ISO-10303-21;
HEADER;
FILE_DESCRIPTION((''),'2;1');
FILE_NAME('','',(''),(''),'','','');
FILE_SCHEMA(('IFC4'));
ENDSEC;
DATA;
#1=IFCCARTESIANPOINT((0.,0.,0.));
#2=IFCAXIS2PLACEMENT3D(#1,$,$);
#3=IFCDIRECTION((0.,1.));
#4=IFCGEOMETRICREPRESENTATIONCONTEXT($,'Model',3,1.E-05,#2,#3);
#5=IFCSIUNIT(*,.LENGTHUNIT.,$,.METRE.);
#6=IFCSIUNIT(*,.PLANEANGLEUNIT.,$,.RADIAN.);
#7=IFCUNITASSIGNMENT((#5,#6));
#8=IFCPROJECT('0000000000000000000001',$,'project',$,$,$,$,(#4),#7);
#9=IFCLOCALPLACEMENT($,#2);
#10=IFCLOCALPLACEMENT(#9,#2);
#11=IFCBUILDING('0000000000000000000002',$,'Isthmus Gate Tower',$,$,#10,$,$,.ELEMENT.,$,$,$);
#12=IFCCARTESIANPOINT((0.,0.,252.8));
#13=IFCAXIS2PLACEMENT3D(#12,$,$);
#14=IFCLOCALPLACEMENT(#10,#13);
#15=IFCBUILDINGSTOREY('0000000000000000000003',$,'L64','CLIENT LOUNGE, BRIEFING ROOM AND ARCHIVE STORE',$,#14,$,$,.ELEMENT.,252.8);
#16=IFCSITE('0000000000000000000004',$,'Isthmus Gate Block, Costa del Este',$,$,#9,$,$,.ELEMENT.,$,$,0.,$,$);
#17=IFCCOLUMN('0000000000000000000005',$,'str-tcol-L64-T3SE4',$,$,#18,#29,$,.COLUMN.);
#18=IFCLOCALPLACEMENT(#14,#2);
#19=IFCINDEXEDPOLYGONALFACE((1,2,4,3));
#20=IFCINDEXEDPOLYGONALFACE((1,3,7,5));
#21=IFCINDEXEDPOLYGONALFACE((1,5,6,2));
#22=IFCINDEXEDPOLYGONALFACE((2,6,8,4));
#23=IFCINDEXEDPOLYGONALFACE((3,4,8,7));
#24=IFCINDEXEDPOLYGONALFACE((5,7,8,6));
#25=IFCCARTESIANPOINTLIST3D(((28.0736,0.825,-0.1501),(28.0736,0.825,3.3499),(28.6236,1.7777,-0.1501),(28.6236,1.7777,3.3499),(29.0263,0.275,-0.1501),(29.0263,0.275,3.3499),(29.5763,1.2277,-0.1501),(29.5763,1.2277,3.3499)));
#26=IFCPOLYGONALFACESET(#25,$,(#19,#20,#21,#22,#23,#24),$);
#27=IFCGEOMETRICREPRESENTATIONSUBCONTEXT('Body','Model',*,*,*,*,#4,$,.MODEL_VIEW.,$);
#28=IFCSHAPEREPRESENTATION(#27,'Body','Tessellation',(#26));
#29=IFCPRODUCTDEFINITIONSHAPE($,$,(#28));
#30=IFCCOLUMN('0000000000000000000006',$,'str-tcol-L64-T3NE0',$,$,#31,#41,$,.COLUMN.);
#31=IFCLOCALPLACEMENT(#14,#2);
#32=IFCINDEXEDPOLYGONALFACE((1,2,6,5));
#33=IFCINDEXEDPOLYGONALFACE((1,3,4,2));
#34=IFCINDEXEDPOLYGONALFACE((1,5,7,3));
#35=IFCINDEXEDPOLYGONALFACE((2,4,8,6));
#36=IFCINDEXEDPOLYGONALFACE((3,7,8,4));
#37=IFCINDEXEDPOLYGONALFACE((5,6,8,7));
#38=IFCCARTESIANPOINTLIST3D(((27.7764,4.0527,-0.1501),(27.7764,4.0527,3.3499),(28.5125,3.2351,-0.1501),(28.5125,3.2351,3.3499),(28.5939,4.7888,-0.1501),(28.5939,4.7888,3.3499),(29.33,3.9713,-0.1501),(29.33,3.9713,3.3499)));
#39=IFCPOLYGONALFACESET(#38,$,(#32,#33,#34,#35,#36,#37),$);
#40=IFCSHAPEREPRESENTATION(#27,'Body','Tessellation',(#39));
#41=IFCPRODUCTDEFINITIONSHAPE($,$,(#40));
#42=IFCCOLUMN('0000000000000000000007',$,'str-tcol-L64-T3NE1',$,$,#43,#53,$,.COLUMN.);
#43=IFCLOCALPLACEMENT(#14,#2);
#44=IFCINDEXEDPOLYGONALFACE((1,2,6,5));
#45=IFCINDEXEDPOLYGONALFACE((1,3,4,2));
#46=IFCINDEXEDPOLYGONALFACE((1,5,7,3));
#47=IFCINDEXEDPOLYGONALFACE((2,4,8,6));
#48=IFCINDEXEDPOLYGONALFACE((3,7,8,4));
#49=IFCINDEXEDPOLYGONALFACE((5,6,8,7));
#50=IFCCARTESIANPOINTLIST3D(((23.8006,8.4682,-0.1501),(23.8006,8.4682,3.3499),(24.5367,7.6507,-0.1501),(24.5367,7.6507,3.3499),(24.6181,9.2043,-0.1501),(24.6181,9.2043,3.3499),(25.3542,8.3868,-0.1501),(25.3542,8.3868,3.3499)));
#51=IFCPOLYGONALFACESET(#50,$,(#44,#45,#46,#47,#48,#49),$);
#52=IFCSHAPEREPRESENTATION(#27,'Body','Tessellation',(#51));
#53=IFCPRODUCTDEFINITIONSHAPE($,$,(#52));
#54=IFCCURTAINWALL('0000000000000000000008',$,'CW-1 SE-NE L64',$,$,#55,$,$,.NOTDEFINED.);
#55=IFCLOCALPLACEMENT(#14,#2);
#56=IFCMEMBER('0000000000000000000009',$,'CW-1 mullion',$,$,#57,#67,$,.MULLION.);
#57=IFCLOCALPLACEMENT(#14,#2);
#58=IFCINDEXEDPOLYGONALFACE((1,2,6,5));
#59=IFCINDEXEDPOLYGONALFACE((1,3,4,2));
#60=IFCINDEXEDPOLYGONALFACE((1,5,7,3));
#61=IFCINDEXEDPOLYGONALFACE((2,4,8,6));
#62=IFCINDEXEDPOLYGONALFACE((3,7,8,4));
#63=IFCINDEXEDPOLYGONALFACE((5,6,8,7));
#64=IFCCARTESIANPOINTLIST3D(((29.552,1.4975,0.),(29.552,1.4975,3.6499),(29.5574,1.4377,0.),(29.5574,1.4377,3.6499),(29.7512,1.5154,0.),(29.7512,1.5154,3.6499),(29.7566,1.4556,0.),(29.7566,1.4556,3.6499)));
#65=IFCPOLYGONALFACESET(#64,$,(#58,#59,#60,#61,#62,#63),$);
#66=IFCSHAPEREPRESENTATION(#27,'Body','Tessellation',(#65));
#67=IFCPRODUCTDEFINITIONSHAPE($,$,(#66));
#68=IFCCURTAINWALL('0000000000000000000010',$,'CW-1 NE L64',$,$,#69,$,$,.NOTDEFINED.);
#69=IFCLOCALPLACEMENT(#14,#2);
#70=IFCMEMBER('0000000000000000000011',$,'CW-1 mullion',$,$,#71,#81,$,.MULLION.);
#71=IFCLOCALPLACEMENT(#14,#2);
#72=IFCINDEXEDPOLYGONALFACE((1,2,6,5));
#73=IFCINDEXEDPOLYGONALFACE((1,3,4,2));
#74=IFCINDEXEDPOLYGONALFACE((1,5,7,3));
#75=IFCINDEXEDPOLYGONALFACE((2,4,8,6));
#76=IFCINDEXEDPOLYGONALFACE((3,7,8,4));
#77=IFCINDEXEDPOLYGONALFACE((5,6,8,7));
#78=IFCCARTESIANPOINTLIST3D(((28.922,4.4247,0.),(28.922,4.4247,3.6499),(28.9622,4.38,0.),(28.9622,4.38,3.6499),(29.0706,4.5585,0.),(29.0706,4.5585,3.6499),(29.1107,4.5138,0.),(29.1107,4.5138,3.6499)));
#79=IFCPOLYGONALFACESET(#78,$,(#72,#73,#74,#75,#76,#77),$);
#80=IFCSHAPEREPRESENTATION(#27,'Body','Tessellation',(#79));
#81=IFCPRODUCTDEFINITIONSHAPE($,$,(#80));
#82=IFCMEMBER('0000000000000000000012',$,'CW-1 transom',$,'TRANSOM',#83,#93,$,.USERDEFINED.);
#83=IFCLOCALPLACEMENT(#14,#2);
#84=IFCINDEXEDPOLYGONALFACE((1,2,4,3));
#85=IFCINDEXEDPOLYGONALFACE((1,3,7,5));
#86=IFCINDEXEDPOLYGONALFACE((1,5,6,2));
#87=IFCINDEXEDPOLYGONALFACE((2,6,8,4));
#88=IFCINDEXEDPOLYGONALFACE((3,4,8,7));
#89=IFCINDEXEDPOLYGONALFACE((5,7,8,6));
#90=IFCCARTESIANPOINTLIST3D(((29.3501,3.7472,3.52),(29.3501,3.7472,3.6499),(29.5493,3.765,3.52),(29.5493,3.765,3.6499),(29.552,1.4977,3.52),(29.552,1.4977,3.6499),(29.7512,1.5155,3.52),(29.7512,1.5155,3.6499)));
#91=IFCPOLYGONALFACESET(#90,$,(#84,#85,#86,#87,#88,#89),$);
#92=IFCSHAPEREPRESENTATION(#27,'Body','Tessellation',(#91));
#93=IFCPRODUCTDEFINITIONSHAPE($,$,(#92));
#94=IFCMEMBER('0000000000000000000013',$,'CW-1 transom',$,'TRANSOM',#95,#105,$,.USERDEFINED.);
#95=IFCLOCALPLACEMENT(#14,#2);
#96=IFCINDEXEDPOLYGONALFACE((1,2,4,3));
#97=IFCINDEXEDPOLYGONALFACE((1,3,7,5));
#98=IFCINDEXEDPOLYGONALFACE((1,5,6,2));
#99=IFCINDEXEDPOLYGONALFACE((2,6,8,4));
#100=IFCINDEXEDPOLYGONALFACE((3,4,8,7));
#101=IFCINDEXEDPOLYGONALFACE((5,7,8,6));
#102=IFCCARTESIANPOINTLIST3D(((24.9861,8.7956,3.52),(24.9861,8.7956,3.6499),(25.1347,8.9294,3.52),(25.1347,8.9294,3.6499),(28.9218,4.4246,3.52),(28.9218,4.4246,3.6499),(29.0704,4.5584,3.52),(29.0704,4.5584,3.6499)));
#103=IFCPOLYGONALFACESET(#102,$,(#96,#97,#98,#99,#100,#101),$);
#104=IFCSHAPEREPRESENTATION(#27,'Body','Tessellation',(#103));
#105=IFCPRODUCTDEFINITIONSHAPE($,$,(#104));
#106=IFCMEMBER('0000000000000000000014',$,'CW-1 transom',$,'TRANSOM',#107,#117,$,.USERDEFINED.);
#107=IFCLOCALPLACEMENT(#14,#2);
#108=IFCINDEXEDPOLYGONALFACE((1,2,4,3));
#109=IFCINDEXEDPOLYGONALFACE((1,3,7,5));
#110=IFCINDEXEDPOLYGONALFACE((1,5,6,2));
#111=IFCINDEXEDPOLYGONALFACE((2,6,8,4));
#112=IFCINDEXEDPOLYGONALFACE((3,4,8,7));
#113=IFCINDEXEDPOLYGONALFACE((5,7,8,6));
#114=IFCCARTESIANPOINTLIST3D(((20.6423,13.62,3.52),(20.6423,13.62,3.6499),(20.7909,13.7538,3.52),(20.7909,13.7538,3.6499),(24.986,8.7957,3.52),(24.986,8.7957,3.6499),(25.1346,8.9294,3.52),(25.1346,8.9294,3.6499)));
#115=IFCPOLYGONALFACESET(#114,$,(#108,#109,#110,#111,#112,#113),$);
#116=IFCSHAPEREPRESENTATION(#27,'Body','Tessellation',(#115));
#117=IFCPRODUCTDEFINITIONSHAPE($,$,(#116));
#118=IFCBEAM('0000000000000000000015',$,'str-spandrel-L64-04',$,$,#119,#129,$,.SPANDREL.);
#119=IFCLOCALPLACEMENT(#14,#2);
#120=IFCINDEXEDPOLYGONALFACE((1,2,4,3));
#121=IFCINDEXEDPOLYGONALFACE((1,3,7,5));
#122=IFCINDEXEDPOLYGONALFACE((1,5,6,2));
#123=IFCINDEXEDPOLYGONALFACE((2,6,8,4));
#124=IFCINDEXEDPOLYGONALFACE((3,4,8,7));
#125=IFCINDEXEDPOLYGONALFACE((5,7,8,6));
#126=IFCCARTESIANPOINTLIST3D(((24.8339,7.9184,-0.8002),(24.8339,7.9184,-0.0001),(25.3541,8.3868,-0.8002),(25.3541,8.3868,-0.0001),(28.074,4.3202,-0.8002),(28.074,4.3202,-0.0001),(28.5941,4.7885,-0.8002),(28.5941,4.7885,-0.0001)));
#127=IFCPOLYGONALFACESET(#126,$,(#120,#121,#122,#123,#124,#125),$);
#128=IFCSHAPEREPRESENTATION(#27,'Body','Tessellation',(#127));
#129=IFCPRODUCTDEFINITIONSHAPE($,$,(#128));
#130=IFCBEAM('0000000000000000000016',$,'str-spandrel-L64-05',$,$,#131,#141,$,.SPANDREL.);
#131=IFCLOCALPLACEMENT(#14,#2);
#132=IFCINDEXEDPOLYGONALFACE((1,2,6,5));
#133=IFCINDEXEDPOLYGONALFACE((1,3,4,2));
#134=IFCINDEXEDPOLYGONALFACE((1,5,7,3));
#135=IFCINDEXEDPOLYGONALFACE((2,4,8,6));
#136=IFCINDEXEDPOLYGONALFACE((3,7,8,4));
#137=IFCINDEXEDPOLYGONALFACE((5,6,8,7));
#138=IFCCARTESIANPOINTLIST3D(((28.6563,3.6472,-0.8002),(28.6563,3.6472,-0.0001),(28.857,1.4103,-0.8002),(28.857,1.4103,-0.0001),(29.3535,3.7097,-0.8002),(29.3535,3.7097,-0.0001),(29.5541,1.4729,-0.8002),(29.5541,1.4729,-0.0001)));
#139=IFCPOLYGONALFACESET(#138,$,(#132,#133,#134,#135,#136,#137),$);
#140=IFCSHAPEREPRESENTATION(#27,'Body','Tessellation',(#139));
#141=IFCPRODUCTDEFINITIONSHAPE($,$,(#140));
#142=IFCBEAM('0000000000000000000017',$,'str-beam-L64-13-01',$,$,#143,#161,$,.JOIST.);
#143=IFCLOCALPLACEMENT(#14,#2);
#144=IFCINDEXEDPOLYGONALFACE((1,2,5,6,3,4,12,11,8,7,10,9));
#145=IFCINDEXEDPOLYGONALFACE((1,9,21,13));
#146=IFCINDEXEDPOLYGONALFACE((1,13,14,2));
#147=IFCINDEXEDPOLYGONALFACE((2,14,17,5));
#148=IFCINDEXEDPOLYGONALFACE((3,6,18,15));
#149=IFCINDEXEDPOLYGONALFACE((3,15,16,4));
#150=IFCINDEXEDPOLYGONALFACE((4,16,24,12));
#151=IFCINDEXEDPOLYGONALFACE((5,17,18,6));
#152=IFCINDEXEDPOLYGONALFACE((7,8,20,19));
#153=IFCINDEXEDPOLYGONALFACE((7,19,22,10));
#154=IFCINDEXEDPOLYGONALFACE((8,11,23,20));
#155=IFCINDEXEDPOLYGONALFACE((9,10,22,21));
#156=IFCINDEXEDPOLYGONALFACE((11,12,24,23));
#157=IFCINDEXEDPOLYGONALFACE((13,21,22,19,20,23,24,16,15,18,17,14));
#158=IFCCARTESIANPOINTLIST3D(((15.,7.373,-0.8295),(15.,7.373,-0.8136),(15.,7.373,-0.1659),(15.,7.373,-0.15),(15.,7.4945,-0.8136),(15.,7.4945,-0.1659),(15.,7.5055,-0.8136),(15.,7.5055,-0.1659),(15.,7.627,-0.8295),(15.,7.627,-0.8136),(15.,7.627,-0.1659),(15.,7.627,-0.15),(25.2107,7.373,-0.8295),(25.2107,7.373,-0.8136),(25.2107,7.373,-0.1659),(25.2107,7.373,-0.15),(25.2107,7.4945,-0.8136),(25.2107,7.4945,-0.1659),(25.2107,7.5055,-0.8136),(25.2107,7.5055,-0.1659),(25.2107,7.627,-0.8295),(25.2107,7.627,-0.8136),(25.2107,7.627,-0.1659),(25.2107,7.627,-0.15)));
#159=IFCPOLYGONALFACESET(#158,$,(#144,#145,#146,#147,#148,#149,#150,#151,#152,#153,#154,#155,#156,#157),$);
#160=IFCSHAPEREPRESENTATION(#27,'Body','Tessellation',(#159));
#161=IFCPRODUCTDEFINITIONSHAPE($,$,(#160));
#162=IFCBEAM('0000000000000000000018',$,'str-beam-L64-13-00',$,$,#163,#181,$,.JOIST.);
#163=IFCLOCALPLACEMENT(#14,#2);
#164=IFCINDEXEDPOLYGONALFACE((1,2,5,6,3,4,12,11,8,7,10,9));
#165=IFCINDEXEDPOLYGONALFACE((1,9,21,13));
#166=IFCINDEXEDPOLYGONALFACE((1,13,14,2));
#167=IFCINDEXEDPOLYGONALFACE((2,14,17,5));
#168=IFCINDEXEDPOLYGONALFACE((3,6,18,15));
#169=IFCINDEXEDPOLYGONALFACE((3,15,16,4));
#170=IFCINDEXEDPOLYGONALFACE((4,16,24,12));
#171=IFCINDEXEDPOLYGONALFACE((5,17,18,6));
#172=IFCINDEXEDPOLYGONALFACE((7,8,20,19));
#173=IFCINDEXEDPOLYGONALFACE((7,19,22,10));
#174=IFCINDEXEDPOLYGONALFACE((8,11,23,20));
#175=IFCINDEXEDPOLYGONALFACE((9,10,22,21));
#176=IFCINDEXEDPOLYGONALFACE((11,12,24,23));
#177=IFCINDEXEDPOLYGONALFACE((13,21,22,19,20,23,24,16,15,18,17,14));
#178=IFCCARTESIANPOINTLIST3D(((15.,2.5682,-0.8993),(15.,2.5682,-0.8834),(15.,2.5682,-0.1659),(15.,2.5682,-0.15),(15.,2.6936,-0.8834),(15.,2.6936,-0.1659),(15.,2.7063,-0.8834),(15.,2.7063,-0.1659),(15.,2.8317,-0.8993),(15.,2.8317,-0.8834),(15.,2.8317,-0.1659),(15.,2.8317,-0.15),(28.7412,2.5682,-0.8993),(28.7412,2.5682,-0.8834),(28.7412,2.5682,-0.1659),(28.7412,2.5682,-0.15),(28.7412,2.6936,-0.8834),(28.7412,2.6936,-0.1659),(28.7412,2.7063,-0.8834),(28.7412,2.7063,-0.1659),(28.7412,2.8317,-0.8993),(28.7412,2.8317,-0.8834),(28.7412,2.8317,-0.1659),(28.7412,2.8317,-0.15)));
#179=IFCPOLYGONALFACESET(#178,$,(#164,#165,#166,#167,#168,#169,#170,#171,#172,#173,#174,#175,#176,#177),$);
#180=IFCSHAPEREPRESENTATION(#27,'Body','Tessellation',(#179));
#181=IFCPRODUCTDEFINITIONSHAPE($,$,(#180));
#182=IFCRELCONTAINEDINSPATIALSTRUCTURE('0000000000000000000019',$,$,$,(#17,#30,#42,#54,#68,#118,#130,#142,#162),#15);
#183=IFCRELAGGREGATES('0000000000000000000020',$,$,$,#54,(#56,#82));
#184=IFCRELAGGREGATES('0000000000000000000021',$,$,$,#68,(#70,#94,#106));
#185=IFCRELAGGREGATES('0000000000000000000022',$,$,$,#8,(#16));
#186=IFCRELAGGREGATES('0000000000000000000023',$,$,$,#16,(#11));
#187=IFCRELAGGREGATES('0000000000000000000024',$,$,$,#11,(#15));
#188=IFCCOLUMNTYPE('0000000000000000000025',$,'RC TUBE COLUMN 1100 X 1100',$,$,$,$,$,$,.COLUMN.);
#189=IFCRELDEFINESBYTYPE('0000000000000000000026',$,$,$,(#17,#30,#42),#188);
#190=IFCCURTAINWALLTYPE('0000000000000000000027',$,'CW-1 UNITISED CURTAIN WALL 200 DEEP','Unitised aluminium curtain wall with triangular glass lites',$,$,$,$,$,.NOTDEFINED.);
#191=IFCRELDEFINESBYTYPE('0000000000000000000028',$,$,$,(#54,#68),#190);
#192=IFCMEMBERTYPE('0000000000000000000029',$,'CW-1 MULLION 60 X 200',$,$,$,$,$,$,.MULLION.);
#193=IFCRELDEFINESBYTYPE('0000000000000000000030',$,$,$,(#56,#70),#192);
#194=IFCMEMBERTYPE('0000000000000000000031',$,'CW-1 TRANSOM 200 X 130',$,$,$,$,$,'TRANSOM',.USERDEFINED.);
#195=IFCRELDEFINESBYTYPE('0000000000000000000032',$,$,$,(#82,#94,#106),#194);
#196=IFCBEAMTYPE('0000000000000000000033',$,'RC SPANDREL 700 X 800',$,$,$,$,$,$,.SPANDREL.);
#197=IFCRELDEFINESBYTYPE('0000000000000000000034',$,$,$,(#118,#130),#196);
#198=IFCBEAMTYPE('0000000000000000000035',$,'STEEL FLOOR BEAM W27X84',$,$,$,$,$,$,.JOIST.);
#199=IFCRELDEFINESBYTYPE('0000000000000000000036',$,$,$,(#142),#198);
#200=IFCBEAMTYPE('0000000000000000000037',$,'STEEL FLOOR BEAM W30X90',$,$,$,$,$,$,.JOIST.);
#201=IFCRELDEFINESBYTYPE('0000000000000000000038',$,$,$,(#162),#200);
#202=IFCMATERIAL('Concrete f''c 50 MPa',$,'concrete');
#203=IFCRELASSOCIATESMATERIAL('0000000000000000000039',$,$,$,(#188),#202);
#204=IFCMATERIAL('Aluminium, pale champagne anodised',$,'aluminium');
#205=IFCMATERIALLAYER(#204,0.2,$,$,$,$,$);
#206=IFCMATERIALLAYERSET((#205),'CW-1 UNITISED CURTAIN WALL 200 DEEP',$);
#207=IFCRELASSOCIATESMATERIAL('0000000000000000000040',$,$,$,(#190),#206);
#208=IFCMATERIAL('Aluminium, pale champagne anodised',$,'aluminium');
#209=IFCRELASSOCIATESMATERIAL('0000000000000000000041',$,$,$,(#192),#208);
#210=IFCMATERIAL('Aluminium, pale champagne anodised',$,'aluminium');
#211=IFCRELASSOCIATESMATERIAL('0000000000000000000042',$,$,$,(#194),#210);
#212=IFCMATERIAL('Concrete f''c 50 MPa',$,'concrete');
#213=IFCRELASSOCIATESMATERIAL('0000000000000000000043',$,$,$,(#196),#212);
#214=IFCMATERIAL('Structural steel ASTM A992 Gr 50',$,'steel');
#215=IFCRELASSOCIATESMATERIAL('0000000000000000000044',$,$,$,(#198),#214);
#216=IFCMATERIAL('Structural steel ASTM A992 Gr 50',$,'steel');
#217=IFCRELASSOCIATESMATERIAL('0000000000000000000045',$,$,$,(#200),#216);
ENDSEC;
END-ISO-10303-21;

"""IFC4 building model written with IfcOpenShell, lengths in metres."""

from ifc_helpers import new_model, si_unit, direction, frame, origin, origin_2d, place, context, subcontext, project, spatial, rectangle, i_section, extrude, material, layer, layer_set, material_profile, profile_set, type_object, element, aggregate, save


model = new_model("IFC4")

# Units and contexts
model_context = context("Model", 3, precision=1e-05, world=origin(), true_north=direction((0.0, 1.0)))
body_context = subcontext(model_context, "Body", "Model", "MODEL_VIEW")
ifc_project = project(units=[si_unit("LENGTHUNIT", "METRE"), si_unit("PLANEANGLEUNIT", "RADIAN")], contexts=[model_context])

# Site, building, storey
site_placement = place(None, origin())
site = spatial("IfcSite", under=ifc_project, at=site_placement, Name="Isthmus Gate Block, Costa del Este", CompositionType="ELEMENT", RefElevation=0.0)
building_placement = place(site_placement, origin())
building = spatial("IfcBuilding", under=site, at=building_placement, Name="Isthmus Gate Tower", CompositionType="ELEMENT")
storey_placement = place(building_placement, frame((0.0, 0.0, 252.8)))
storey = spatial("IfcBuildingStorey", under=building, at=storey_placement, Name="L64", Description="CLIENT LOUNGE, BRIEFING ROOM AND ARCHIVE STORE", CompositionType="ELEMENT", Elevation=252.8)

# Columns
ifc_material_1 = material(Name="Concrete f'c 50 MPa", Category="concrete")
ifc_material_profile_1 = material_profile(ifc_material_1, rectangle(XDim=1.1001, YDim=1.1001, at=origin_2d()), Name="RC 1100X1100")
ifc_profile_set_1 = profile_set([ifc_material_profile_1], Name="Concrete f'c 50 MPa")
column_type = type_object("IfcColumnType", Name="RC TUBE COLUMN 1100 X 1100", PredefinedType="COLUMN", material=ifc_profile_set_1)
for number, where, z_axis, x_axis, name in (
    (1, (28.825, 1.0264, -0.1501), (0.0, 0.0, 1.0), (0.5, 0.866025, 0.0), "str-tcol-L64-T3SE4"),
    (2, (28.5532, 4.012, -0.1501), (0.0, 0.0, 1.0), (-0.669131, 0.743145, 0.0), "str-tcol-L64-T3NE0"),
    (3, (24.5774, 8.4275, -0.1501), (0.0, 0.0, 1.0), (-0.669131, 0.743145, 0.0), "str-tcol-L64-T3NE1"),
):
    element("IfcColumn", number, at=place(storey_placement, frame(where, z_axis=z_axis, x_axis=x_axis)), inside=storey, type_object=column_type, Name=name, PredefinedType="COLUMN", context=body_context, shape_type="SweptSolid", body=[
        extrude(rectangle(XDim=1.1001, YDim=1.1001, at=origin_2d()), origin(), (0.0, 0.0, 1.0), 3.5),
    ])

# Curtain walls, members
ifc_material_2 = material(Name="Aluminium, pale champagne anodised", Category="aluminium")
ifc_layer_1 = layer(ifc_material_2, 0.2)
ifc_layer_set_1 = layer_set([ifc_layer_1], Name="CW-1 UNITISED CURTAIN WALL 200 DEEP")
curtain_wall_type = type_object("IfcCurtainWallType", Name="CW-1 UNITISED CURTAIN WALL 200 DEEP", Description="Unitised aluminium curtain wall with triangular glass lites", PredefinedType="NOTDEFINED", material=ifc_layer_set_1)
curtain_wall_1_placement = place(storey_placement, origin())
curtain_wall_1 = element("IfcCurtainWall", 4, at=curtain_wall_1_placement, inside=storey, type_object=curtain_wall_type, Name="CW-1 SE-NE L64", PredefinedType="NOTDEFINED")
ifc_material_3 = material(Name="Aluminium, pale champagne anodised", Category="aluminium")
ifc_material_profile_2 = material_profile(ifc_material_3, rectangle(XDim=0.0601, YDim=0.2, at=origin_2d()), Name="60x200")
ifc_profile_set_2 = profile_set([ifc_material_profile_2], Name="Aluminium, pale champagne anodised")
member_type_1 = type_object("IfcMemberType", Name="CW-1 MULLION 60 X 200", PredefinedType="MULLION", material=ifc_profile_set_2)
member_1_placement = place(storey_placement, frame((29.6543, 1.4766, 0.0), z_axis=(0.0, 0.0, 1.0), x_axis=(-0.089397, 0.995996, 0.0)))
member_1 = element("IfcMember", 5, at=member_1_placement, type_object=member_type_1, Name="CW-1 mullion", PredefinedType="MULLION", context=body_context, shape_type="SweptSolid", body=[
    extrude(rectangle(XDim=0.0601, YDim=0.2, at=origin_2d()), origin(), (0.0, 0.0, 1.0), 3.6499),
])
curtain_wall_2_placement = place(storey_placement, origin())
curtain_wall_2 = element("IfcCurtainWall", 6, at=curtain_wall_2_placement, inside=storey, type_object=curtain_wall_type, Name="CW-1 NE L64", PredefinedType="NOTDEFINED")
member_2_placement = place(storey_placement, frame((29.0164, 4.4692, 0.0), z_axis=(0.0, 0.0, 1.0), x_axis=(-0.669131, 0.743145, 0.0)))
member_2 = element("IfcMember", 7, at=member_2_placement, type_object=member_type_1, Name="CW-1 mullion", PredefinedType="MULLION", context=body_context, shape_type="SweptSolid", body=[
    extrude(rectangle(XDim=0.0601, YDim=0.2, at=origin_2d()), origin(), (0.0, 0.0, 1.0), 3.6499),
])

# Members
ifc_material_4 = material(Name="Aluminium, pale champagne anodised", Category="aluminium")
ifc_material_profile_3 = material_profile(ifc_material_4, rectangle(XDim=0.2, YDim=0.1299, at=origin_2d()), Name="200x130")
ifc_profile_set_3 = profile_set([ifc_material_profile_3], Name="Aluminium, pale champagne anodised")
member_type_2 = type_object("IfcMemberType", Name="CW-1 TRANSOM 200 X 130", ElementType="TRANSOM", PredefinedType="USERDEFINED", material=ifc_profile_set_3)
member_3_placement = place(storey_placement, frame((29.6516, 1.5066, 3.585), z_axis=(-0.089395, 0.995996, 0.0), x_axis=(-0.995996, -0.089395, 0.0)))
member_3 = element("IfcMember", 8, at=member_3_placement, type_object=member_type_2, Name="CW-1 transom", ObjectType="TRANSOM", PredefinedType="USERDEFINED", context=body_context, shape_type="SweptSolid", body=[
    extrude(rectangle(XDim=0.2, YDim=0.1299, at=origin_2d()), origin(), (0.0, 0.0, 1.0), 2.2585),
])
member_4_placement = place(storey_placement, frame((28.9961, 4.4915, 3.585), z_axis=(-0.669134, 0.743141, 0.0), x_axis=(-0.743141, -0.669134, 0.0)))
member_4 = element("IfcMember", 9, at=member_4_placement, type_object=member_type_2, Name="CW-1 transom", ObjectType="TRANSOM", PredefinedType="USERDEFINED", context=body_context, shape_type="SweptSolid", body=[
    extrude(rectangle(XDim=0.2, YDim=0.1299, at=origin_2d()), origin(), (0.0, 0.0, 1.0), 5.8818),
])
member_5_placement = place(storey_placement, frame((25.0603, 8.8625, 3.585), z_axis=(-0.669112, 0.743161, 0.0), x_axis=(-0.743161, -0.669112, 0.0)))
member_5 = element("IfcMember", 10, at=member_5_placement, type_object=member_type_2, Name="CW-1 transom", ObjectType="TRANSOM", PredefinedType="USERDEFINED", context=body_context, shape_type="SweptSolid", body=[
    extrude(rectangle(XDim=0.2, YDim=0.1299, at=origin_2d()), origin(), (0.0, 0.0, 1.0), 6.4917),
])

# Beams
ifc_material_5 = material(Name="Concrete f'c 50 MPa", Category="concrete")
ifc_material_profile_4 = material_profile(ifc_material_5, rectangle(XDim=0.7, YDim=0.8, at=origin_2d()), Name="RC 700X800")
ifc_profile_set_4 = profile_set([ifc_material_profile_4], Name="Concrete f'c 50 MPa")
beam_type_1 = type_object("IfcBeamType", Name="RC SPANDREL 700 X 800", PredefinedType="SPANDREL", material=ifc_profile_set_4)
beam_1_placement = place(storey_placement, frame((25.094, 8.1526, -0.4001), z_axis=(0.669154, -0.743124, 0.0), x_axis=(0.743124, 0.669154, 0.0)))
element("IfcBeam", 11, at=beam_1_placement, inside=storey, type_object=beam_type_1, Name="str-spandrel-L64-04", PredefinedType="SPANDREL", context=body_context, shape_type="SweptSolid", body=[
    extrude(rectangle(XDim=0.7, YDim=0.8, at=origin_2d()), origin(), (0.0, 0.0, 1.0), 4.842),
])
beam_2_placement = place(storey_placement, frame((29.0049, 3.6785, -0.4001), z_axis=(0.089359, -0.995999, 0.0), x_axis=(0.995999, 0.089359, 0.0)))
element("IfcBeam", 12, at=beam_2_placement, inside=storey, type_object=beam_type_1, Name="str-spandrel-L64-05", PredefinedType="SPANDREL", context=body_context, shape_type="SweptSolid", body=[
    extrude(rectangle(XDim=0.7, YDim=0.8, at=origin_2d()), origin(), (0.0, 0.0, 1.0), 2.2458),
])
ifc_material_6 = material(Name="Structural steel ASTM A992 Gr 50", Category="steel")
ifc_material_profile_5 = material_profile(ifc_material_6, i_section(OverallWidth=0.2539, OverallDepth=0.6794, WebThickness=0.011, FlangeThickness=0.0159, at=origin_2d()), Name="W27X84")
ifc_profile_set_5 = profile_set([ifc_material_profile_5], Name="Structural steel ASTM A992 Gr 50")
beam_type_2 = type_object("IfcBeamType", Name="STEEL FLOOR BEAM W27X84", PredefinedType="JOIST", material=ifc_profile_set_5)
beam_3_placement = place(storey_placement, frame((15.0, 7.5, -0.4897), z_axis=(1.0, 0.0, 0.0), x_axis=(0.0, 1.0, 0.0)))
element("IfcBeam", 13, at=beam_3_placement, inside=storey, type_object=beam_type_2, Name="str-beam-L64-13-01", PredefinedType="JOIST", context=body_context, shape_type="SweptSolid", body=[
    extrude(i_section(OverallWidth=0.2539, OverallDepth=0.6794, WebThickness=0.011, FlangeThickness=0.0159, at=origin_2d()), origin(), (0.0, 0.0, 1.0), 10.2107),
])
ifc_material_7 = material(Name="Structural steel ASTM A992 Gr 50", Category="steel")
ifc_material_profile_6 = material_profile(ifc_material_7, i_section(OverallWidth=0.2634, OverallDepth=0.7493, WebThickness=0.0127, FlangeThickness=0.0159, at=origin_2d()), Name="W30X90")
ifc_profile_set_6 = profile_set([ifc_material_profile_6], Name="Structural steel ASTM A992 Gr 50")
beam_type_3 = type_object("IfcBeamType", Name="STEEL FLOOR BEAM W30X90", PredefinedType="JOIST", material=ifc_profile_set_6)
beam_4_placement = place(storey_placement, frame((15.0, 2.7, -0.5247), z_axis=(1.0, 0.0, 0.0), x_axis=(0.0, 1.0, 0.0)))
element("IfcBeam", 14, at=beam_4_placement, inside=storey, type_object=beam_type_3, Name="str-beam-L64-13-00", PredefinedType="JOIST", context=body_context, shape_type="SweptSolid", body=[
    extrude(i_section(OverallWidth=0.2634, OverallDepth=0.7493, WebThickness=0.0127, FlangeThickness=0.0159, at=origin_2d()), origin(), (0.0, 0.0, 1.0), 13.7412),
])

aggregate(curtain_wall_1, [member_1, member_3])

aggregate(curtain_wall_2, [member_2, member_4, member_5])

save(model, "model.ifc")
